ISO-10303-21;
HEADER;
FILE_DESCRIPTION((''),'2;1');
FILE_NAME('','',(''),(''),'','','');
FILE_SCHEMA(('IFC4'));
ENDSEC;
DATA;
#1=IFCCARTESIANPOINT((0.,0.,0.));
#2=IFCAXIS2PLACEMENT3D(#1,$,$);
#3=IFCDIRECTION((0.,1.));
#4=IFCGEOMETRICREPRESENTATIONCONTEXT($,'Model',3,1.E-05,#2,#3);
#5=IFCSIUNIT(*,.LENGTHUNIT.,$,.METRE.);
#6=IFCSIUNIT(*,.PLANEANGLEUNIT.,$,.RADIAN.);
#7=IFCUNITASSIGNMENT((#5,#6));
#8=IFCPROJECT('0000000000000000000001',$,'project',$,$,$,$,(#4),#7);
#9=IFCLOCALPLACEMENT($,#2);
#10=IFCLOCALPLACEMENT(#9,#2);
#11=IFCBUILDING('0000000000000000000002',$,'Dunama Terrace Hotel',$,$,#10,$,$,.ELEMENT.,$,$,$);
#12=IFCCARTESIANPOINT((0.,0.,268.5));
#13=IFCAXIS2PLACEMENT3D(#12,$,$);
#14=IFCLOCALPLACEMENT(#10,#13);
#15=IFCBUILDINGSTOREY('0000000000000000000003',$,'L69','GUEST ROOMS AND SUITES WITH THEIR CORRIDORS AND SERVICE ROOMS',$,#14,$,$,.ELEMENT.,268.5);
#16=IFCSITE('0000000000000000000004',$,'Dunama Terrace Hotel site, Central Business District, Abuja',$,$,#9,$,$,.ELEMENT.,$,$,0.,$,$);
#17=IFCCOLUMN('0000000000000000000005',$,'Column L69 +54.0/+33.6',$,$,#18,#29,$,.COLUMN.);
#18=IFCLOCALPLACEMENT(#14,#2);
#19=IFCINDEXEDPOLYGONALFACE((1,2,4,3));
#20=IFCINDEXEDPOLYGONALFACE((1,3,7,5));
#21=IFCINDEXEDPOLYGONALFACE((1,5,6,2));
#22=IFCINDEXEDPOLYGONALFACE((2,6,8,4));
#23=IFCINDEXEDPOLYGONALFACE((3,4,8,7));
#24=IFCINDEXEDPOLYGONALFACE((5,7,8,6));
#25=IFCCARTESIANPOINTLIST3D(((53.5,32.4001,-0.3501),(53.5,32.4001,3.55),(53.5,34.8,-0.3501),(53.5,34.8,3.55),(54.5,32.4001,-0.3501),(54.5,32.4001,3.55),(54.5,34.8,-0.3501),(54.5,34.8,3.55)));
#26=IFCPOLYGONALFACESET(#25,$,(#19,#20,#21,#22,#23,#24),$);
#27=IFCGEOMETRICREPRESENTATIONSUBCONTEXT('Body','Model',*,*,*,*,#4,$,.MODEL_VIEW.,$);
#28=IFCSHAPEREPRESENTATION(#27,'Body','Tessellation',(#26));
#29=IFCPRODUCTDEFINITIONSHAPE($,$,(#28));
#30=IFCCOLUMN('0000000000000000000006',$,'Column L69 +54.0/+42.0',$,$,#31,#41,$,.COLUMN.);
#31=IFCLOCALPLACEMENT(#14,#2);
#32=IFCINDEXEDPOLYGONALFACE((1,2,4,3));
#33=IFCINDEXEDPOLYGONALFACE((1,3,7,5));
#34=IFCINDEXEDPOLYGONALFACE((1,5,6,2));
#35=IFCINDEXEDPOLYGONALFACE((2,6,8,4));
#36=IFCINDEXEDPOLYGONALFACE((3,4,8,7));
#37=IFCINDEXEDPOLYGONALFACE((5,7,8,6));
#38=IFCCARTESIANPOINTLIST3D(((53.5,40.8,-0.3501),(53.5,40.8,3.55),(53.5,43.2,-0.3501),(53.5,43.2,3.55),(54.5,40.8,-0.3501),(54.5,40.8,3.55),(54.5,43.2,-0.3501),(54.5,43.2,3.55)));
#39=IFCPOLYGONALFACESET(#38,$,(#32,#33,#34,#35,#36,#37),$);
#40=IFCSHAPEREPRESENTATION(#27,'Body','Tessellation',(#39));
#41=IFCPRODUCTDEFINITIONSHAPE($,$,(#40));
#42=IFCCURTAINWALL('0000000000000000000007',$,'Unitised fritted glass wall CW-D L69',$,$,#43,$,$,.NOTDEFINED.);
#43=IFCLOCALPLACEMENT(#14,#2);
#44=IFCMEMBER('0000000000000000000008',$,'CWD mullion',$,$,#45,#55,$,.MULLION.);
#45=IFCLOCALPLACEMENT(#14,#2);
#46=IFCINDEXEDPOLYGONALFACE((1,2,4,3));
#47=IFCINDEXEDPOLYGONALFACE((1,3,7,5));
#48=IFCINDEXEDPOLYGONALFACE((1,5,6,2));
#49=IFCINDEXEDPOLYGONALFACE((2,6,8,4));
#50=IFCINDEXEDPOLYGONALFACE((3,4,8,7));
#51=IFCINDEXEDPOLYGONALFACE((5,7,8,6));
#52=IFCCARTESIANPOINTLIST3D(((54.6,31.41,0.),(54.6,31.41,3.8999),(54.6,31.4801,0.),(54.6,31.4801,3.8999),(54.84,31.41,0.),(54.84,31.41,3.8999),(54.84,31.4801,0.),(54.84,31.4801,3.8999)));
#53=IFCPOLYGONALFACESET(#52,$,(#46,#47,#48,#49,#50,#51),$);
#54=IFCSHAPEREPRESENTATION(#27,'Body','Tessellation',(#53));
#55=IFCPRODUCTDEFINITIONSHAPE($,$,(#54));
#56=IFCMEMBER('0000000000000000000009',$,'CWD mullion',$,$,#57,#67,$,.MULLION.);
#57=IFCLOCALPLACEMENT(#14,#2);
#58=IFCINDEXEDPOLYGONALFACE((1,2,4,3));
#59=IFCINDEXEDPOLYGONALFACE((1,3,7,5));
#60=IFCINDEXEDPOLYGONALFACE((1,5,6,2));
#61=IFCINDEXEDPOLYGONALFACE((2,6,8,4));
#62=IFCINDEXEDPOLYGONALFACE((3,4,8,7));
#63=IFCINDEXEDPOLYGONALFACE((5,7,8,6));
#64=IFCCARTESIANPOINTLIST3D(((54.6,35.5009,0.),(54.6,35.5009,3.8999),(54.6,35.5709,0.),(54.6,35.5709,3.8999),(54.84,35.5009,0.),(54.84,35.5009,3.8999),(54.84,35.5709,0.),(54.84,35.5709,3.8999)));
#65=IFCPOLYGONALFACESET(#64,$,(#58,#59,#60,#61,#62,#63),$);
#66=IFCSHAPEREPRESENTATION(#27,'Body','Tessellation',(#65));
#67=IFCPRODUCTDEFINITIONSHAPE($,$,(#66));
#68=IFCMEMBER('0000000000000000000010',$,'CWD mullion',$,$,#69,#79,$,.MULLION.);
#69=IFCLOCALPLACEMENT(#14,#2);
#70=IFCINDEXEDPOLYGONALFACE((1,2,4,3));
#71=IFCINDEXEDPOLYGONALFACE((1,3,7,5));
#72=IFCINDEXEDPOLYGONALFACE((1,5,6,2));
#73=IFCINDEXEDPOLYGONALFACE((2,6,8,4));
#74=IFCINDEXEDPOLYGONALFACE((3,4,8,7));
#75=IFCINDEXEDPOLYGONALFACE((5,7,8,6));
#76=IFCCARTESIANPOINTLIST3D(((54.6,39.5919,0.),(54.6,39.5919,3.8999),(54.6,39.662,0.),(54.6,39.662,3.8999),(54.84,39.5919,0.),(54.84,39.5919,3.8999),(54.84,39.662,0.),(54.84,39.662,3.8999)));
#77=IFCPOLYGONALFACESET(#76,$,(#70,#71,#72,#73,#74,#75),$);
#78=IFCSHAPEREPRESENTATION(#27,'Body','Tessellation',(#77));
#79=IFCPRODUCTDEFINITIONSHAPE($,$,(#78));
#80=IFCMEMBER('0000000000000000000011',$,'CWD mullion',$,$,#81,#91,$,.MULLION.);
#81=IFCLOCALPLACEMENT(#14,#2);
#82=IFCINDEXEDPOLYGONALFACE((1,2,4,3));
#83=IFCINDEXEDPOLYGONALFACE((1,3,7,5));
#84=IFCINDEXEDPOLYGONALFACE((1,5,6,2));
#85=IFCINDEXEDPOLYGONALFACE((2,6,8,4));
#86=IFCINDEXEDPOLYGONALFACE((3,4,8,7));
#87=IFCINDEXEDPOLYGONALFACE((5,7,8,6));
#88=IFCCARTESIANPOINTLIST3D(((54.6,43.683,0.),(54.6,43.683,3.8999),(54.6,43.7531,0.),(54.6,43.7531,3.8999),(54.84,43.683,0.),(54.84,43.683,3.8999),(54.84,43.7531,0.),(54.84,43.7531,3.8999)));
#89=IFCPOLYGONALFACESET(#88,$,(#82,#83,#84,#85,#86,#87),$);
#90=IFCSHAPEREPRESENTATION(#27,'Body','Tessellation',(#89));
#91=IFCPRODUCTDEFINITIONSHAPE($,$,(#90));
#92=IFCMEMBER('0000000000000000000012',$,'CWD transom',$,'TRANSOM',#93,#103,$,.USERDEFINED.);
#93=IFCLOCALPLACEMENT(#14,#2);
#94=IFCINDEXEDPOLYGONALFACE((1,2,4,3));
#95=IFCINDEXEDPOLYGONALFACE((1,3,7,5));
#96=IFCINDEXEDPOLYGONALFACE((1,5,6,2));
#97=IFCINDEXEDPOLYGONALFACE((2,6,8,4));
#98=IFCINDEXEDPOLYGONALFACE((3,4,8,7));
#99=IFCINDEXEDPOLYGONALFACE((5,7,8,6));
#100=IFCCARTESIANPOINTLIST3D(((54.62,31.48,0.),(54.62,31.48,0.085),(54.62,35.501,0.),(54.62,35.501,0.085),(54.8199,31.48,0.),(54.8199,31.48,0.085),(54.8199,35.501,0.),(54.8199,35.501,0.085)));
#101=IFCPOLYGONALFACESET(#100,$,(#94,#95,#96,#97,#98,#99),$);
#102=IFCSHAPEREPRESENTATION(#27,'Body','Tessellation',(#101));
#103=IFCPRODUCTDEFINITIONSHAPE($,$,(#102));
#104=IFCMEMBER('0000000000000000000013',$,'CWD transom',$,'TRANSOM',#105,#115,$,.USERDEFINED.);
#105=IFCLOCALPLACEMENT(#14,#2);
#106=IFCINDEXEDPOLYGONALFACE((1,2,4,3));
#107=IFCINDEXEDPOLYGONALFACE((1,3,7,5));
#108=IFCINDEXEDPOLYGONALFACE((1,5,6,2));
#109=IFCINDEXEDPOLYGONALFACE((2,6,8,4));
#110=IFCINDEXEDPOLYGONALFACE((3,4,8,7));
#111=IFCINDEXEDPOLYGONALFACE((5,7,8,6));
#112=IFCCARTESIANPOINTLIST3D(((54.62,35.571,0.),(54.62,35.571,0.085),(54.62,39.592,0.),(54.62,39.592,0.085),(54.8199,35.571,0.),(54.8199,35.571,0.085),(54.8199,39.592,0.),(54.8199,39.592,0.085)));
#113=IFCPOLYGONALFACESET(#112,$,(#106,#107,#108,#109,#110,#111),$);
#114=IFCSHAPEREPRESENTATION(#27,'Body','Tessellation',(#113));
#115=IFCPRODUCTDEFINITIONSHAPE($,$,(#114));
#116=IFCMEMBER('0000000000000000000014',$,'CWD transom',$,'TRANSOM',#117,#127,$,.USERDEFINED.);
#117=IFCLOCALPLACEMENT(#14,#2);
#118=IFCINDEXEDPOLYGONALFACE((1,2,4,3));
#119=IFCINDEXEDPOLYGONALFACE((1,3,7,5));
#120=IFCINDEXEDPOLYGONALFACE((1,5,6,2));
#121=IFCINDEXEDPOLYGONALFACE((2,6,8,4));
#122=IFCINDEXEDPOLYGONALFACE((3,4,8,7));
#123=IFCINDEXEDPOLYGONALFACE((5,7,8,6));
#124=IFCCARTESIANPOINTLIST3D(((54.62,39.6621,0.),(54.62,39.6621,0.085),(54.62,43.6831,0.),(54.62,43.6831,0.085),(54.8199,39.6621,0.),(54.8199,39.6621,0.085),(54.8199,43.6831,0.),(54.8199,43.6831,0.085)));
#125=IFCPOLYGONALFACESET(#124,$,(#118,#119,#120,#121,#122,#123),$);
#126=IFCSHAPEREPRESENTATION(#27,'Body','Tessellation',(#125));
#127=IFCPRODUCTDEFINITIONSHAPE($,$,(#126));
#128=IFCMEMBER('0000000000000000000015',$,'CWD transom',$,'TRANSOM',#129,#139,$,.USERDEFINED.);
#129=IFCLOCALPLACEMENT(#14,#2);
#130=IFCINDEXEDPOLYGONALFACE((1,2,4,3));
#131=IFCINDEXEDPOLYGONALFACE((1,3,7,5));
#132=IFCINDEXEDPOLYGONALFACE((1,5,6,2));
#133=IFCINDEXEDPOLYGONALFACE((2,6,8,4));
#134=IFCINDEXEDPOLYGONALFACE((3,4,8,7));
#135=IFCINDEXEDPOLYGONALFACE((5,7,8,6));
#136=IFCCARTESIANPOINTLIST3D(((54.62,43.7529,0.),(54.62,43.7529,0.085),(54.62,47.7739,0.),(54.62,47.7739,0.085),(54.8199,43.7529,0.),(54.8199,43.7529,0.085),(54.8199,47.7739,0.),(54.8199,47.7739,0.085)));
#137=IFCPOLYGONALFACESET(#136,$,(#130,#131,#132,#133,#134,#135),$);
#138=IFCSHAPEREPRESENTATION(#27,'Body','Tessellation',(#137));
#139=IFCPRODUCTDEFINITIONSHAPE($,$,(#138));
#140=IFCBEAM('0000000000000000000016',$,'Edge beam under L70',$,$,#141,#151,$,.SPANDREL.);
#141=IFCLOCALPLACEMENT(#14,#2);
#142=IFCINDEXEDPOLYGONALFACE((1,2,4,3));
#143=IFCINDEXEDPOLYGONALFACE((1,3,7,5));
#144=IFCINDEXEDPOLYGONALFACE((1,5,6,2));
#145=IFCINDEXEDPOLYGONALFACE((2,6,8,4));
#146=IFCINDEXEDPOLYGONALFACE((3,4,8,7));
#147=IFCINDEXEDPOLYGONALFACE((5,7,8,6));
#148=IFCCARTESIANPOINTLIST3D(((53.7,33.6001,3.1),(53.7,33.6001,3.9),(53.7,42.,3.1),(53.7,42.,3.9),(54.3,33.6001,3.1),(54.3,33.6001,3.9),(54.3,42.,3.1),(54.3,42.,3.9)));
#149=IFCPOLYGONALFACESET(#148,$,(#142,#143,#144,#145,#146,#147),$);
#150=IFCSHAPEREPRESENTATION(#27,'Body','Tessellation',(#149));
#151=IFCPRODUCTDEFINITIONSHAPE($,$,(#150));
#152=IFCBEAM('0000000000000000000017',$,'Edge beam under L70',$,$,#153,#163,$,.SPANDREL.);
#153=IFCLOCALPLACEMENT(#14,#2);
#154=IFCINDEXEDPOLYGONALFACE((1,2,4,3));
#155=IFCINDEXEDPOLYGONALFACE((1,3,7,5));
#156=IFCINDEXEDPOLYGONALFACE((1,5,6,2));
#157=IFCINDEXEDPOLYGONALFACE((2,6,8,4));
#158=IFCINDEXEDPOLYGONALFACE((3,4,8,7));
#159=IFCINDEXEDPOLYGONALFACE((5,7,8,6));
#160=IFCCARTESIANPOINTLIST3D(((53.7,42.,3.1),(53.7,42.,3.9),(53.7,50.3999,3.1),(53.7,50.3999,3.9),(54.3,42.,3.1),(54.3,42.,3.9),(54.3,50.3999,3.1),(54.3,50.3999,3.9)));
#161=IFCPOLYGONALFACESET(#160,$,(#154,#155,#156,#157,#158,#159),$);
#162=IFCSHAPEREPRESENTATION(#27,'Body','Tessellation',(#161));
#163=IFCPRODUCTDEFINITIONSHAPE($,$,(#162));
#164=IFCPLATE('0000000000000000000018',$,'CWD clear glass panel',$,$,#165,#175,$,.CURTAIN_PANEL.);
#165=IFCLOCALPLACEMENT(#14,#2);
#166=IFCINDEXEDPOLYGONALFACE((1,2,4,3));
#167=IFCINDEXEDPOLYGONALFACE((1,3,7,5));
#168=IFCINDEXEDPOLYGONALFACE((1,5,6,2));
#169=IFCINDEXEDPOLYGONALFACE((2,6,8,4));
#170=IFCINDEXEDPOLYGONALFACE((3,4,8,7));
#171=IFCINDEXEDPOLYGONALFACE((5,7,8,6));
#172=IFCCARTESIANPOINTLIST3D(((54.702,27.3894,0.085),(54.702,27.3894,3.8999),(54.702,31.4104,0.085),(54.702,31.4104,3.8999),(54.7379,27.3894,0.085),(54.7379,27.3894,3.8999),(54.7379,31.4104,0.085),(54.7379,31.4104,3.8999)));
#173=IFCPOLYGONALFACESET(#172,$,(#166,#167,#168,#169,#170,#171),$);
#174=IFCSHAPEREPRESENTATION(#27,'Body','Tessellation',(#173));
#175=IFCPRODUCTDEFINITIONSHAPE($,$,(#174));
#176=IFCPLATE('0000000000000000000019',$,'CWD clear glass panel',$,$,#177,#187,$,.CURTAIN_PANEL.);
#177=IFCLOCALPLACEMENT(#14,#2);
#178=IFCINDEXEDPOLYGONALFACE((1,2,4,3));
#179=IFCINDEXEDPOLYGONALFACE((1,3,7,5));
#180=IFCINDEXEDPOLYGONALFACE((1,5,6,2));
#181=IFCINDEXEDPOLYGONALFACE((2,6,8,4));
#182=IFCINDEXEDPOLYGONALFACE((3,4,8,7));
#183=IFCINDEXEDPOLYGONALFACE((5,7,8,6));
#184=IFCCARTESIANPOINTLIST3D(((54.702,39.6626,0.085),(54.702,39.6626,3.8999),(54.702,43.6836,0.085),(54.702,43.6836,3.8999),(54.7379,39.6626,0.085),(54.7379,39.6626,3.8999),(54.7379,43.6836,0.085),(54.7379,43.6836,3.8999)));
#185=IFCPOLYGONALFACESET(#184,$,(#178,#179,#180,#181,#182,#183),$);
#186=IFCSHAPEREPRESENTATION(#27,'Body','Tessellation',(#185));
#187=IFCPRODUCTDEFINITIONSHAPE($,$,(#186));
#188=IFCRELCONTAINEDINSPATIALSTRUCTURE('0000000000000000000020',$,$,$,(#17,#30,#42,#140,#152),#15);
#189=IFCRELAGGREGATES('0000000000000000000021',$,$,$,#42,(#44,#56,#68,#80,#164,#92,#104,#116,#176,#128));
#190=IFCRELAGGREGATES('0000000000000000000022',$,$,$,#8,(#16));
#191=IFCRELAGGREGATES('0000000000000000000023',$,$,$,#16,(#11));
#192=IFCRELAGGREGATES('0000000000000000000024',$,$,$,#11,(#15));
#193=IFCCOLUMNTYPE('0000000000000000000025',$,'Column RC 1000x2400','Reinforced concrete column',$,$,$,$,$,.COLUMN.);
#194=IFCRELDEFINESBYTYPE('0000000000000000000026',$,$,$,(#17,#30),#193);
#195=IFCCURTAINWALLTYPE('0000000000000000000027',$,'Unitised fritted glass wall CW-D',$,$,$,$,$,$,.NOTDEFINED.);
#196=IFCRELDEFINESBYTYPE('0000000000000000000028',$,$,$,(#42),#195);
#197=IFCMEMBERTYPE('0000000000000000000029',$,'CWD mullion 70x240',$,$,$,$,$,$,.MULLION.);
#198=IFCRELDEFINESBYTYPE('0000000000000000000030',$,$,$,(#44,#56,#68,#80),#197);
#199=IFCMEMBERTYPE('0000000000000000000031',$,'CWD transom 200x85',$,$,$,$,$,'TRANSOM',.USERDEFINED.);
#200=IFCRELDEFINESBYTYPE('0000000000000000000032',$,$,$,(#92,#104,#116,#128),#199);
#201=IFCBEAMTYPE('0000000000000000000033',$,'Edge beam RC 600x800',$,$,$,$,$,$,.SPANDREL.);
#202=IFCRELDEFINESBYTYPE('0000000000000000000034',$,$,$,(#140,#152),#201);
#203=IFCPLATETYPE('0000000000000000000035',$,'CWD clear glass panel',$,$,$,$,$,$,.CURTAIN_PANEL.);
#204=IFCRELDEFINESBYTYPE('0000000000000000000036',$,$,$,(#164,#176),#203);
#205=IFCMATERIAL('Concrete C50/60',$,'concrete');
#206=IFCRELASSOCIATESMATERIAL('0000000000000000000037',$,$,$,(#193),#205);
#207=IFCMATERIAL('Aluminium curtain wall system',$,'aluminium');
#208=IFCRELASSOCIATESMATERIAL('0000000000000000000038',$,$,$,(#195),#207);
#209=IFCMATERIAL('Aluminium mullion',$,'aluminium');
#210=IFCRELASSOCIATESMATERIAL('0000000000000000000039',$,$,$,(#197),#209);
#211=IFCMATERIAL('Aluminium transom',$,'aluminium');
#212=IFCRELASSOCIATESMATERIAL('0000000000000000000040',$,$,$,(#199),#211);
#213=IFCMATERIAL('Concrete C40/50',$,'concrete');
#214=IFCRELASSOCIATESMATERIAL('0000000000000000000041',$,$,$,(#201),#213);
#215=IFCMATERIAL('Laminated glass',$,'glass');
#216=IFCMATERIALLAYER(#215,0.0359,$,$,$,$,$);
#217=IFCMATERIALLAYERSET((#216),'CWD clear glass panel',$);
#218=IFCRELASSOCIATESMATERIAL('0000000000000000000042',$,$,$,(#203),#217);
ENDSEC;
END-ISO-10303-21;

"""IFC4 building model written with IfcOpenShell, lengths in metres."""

from ifc_helpers import new_model, si_unit, direction, frame, origin, origin_2d, place, context, subcontext, project, spatial, rectangle, extrude, material, layer, layer_set, material_profile, profile_set, type_object, element, aggregate, save


model = new_model("IFC4")

# Units and contexts
model_context = context("Model", 3, precision=1e-05, world=origin(), true_north=direction((0.0, 1.0)))
body_context = subcontext(model_context, "Body", "Model", "MODEL_VIEW")
ifc_project = project(units=[si_unit("LENGTHUNIT", "METRE"), si_unit("PLANEANGLEUNIT", "RADIAN")], contexts=[model_context])

# Site, building, storey
site_placement = place(None, origin())
site = spatial("IfcSite", under=ifc_project, at=site_placement, Name="Dunama Terrace Hotel site, Central Business District, Abuja", CompositionType="ELEMENT", RefElevation=0.0)
building_placement = place(site_placement, origin())
building = spatial("IfcBuilding", under=site, at=building_placement, Name="Dunama Terrace Hotel", CompositionType="ELEMENT")
storey_placement = place(building_placement, frame((0.0, 0.0, 268.5)))
storey = spatial("IfcBuildingStorey", under=building, at=storey_placement, Name="L69", Description="GUEST ROOMS AND SUITES WITH THEIR CORRIDORS AND SERVICE ROOMS", CompositionType="ELEMENT", Elevation=268.5)

# Columns
ifc_material_1 = material(Name="Concrete C50/60", Category="concrete")
ifc_material_profile_1 = material_profile(ifc_material_1, rectangle(XDim=1.0, YDim=2.3999, at=origin_2d()), Name="RC 1000x2400")
ifc_profile_set_1 = profile_set([ifc_material_profile_1], Name="Concrete C50/60")
column_type = type_object("IfcColumnType", Name="Column RC 1000x2400", Description="Reinforced concrete column", PredefinedType="COLUMN", material=ifc_profile_set_1)
for number, where, z_axis, x_axis, name in (
    (1, (54.0, 33.6001, -0.3501), (0.0, 0.0, 1.0), (1.0, 0.0, 0.0), "Column L69 +54.0/+33.6"),
    (2, (54.0, 42.0, -0.3501), (0.0, 0.0, 1.0), (1.0, 0.0, 0.0), "Column L69 +54.0/+42.0"),
):
    element("IfcColumn", number, at=place(storey_placement, frame(where, z_axis=z_axis, x_axis=x_axis)), inside=storey, type_object=column_type, Name=name, PredefinedType="COLUMN", context=body_context, shape_type="SweptSolid", body=[
        extrude(rectangle(XDim=1.0, YDim=2.3999, at=origin_2d()), origin(), (0.0, 0.0, 1.0), 3.9001),
    ])

# Curtain wall, members
ifc_material_2 = material(Name="Aluminium curtain wall system", Category="aluminium")
curtain_wall_type = type_object("IfcCurtainWallType", Name="Unitised fritted glass wall CW-D", PredefinedType="NOTDEFINED", material=ifc_material_2)
curtain_wall_placement = place(storey_placement, origin())
curtain_wall = element("IfcCurtainWall", 3, at=curtain_wall_placement, inside=storey, type_object=curtain_wall_type, Name="Unitised fritted glass wall CW-D L69", PredefinedType="NOTDEFINED")
ifc_material_3 = material(Name="Aluminium mullion", Category="aluminium")
ifc_material_profile_2 = material_profile(ifc_material_3, rectangle(XDim=0.0701, YDim=0.24, at=origin_2d()), Name="CWD MULLION 70X240")
ifc_profile_set_2 = profile_set([ifc_material_profile_2], Name="Aluminium mullion")
member_type_1 = type_object("IfcMemberType", Name="CWD mullion 70x240", PredefinedType="MULLION", material=ifc_profile_set_2)
member_1_placement = place(storey_placement, frame((54.72, 31.4451, 0.0), z_axis=(0.0, 0.0, 1.0), x_axis=(0.0, 1.0, 0.0)))
member_1 = element("IfcMember", 4, at=member_1_placement, type_object=member_type_1, Name="CWD mullion", PredefinedType="MULLION", context=body_context, shape_type="SweptSolid", body=[
    extrude(rectangle(XDim=0.0701, YDim=0.24, at=origin_2d()), origin(), (0.0, 0.0, 1.0), 3.8999),
])
member_2_placement = place(storey_placement, frame((54.72, 35.5359, 0.0), z_axis=(0.0, 0.0, 1.0), x_axis=(0.0, 1.0, 0.0)))
member_2 = element("IfcMember", 5, at=member_2_placement, type_object=member_type_1, Name="CWD mullion", PredefinedType="MULLION", context=body_context, shape_type="SweptSolid", body=[
    extrude(rectangle(XDim=0.0701, YDim=0.24, at=origin_2d()), origin(), (0.0, 0.0, 1.0), 3.8999),
])
member_3_placement = place(storey_placement, frame((54.72, 39.627, 0.0), z_axis=(0.0, 0.0, 1.0), x_axis=(0.0, 1.0, 0.0)))
member_3 = element("IfcMember", 6, at=member_3_placement, type_object=member_type_1, Name="CWD mullion", PredefinedType="MULLION", context=body_context, shape_type="SweptSolid", body=[
    extrude(rectangle(XDim=0.0701, YDim=0.24, at=origin_2d()), origin(), (0.0, 0.0, 1.0), 3.8999),
])
member_4_placement = place(storey_placement, frame((54.72, 43.718, 0.0), z_axis=(0.0, 0.0, 1.0), x_axis=(0.0, 1.0, 0.0)))
member_4 = element("IfcMember", 7, at=member_4_placement, type_object=member_type_1, Name="CWD mullion", PredefinedType="MULLION", context=body_context, shape_type="SweptSolid", body=[
    extrude(rectangle(XDim=0.0701, YDim=0.24, at=origin_2d()), origin(), (0.0, 0.0, 1.0), 3.8999),
])
ifc_material_4 = material(Name="Aluminium transom", Category="aluminium")
ifc_material_profile_3 = material_profile(ifc_material_4, rectangle(XDim=0.2, YDim=0.085, at=origin_2d()), Name="CWD TRANSOM 200X85")
ifc_profile_set_3 = profile_set([ifc_material_profile_3], Name="Aluminium transom")
member_type_2 = type_object("IfcMemberType", Name="CWD transom 200x85", ElementType="TRANSOM", PredefinedType="USERDEFINED", material=ifc_profile_set_3)
member_5_placement = place(storey_placement, frame((54.72, 31.48, 0.0425), z_axis=(0.0, 1.0, 0.0), x_axis=(-1.0, 0.0, 0.0)))
member_5 = element("IfcMember", 8, at=member_5_placement, type_object=member_type_2, Name="CWD transom", ObjectType="TRANSOM", PredefinedType="USERDEFINED", context=body_context, shape_type="SweptSolid", body=[
    extrude(rectangle(XDim=0.2, YDim=0.085, at=origin_2d()), origin(), (0.0, 0.0, 1.0), 4.021),
])
member_6_placement = place(storey_placement, frame((54.72, 35.571, 0.0425), z_axis=(0.0, 1.0, 0.0), x_axis=(-1.0, 0.0, 0.0)))
member_6 = element("IfcMember", 9, at=member_6_placement, type_object=member_type_2, Name="CWD transom", ObjectType="TRANSOM", PredefinedType="USERDEFINED", context=body_context, shape_type="SweptSolid", body=[
    extrude(rectangle(XDim=0.2, YDim=0.085, at=origin_2d()), origin(), (0.0, 0.0, 1.0), 4.021),
])
member_7_placement = place(storey_placement, frame((54.72, 39.6621, 0.0425), z_axis=(0.0, 1.0, 0.0), x_axis=(-1.0, 0.0, 0.0)))
member_7 = element("IfcMember", 10, at=member_7_placement, type_object=member_type_2, Name="CWD transom", ObjectType="TRANSOM", PredefinedType="USERDEFINED", context=body_context, shape_type="SweptSolid", body=[
    extrude(rectangle(XDim=0.2, YDim=0.085, at=origin_2d()), origin(), (0.0, 0.0, 1.0), 4.021),
])
member_8_placement = place(storey_placement, frame((54.72, 43.7529, 0.0425), z_axis=(0.0, 1.0, 0.0), x_axis=(-1.0, 0.0, 0.0)))
member_8 = element("IfcMember", 11, at=member_8_placement, type_object=member_type_2, Name="CWD transom", ObjectType="TRANSOM", PredefinedType="USERDEFINED", context=body_context, shape_type="SweptSolid", body=[
    extrude(rectangle(XDim=0.2, YDim=0.085, at=origin_2d()), origin(), (0.0, 0.0, 1.0), 4.021),
])

# Beams
ifc_material_5 = material(Name="Concrete C40/50", Category="concrete")
ifc_material_profile_4 = material_profile(ifc_material_5, rectangle(XDim=0.6001, YDim=0.8, at=origin_2d()), Name="RC 600x800")
ifc_profile_set_4 = profile_set([ifc_material_profile_4], Name="Concrete C40/50")
beam_type = type_object("IfcBeamType", Name="Edge beam RC 600x800", PredefinedType="SPANDREL", material=ifc_profile_set_4)
for number, where, z_axis, x_axis, name in (
    (12, (54.0, 33.6001, 3.5), (0.0, 1.0, 0.0), (-1.0, 0.0, 0.0), "Edge beam under L70"),
    (13, (54.0, 42.0, 3.5), (0.0, 1.0, 0.0), (-1.0, 0.0, 0.0), "Edge beam under L70"),
):
    element("IfcBeam", number, at=place(storey_placement, frame(where, z_axis=z_axis, x_axis=x_axis)), inside=storey, type_object=beam_type, Name=name, PredefinedType="SPANDREL", context=body_context, shape_type="SweptSolid", body=[
        extrude(rectangle(XDim=0.6001, YDim=0.8, at=origin_2d()), origin(), (0.0, 0.0, 1.0), 8.3999),
    ])

# Plates
ifc_material_6 = material(Name="Laminated glass", Category="glass")
ifc_layer_1 = layer(ifc_material_6, 0.0359)
ifc_layer_set_1 = layer_set([ifc_layer_1], Name="CWD clear glass panel")
plate_type_1 = type_object("IfcPlateType", Name="CWD clear glass panel", PredefinedType="CURTAIN_PANEL", material=ifc_layer_set_1)
plate_1_placement = place(storey_placement, frame((54.72, 29.3999, 0.085), z_axis=(0.0, 0.0, 1.0), x_axis=(0.0, 1.0, 0.0)))
plate_1 = element("IfcPlate", 14, at=plate_1_placement, type_object=plate_type_1, Name="CWD clear glass panel", PredefinedType="CURTAIN_PANEL", context=body_context, shape_type="SweptSolid", body=[
    extrude(rectangle(XDim=4.021, YDim=0.0359, at=origin_2d()), origin(), (0.0, 0.0, 1.0), 3.8149),
])
plate_2_placement = place(storey_placement, frame((54.72, 41.6731, 0.085), z_axis=(0.0, 0.0, 1.0), x_axis=(0.0, 1.0, 0.0)))
plate_2 = element("IfcPlate", 15, at=plate_2_placement, type_object=plate_type_1, Name="CWD clear glass panel", PredefinedType="CURTAIN_PANEL", context=body_context, shape_type="SweptSolid", body=[
    extrude(rectangle(XDim=4.021, YDim=0.0359, at=origin_2d()), origin(), (0.0, 0.0, 1.0), 3.8149),
])
aggregate(curtain_wall, [member_1, member_2, member_3, member_4, plate_1, member_5, member_6, member_7, plate_2, member_8])

save(model, "model.ifc")
